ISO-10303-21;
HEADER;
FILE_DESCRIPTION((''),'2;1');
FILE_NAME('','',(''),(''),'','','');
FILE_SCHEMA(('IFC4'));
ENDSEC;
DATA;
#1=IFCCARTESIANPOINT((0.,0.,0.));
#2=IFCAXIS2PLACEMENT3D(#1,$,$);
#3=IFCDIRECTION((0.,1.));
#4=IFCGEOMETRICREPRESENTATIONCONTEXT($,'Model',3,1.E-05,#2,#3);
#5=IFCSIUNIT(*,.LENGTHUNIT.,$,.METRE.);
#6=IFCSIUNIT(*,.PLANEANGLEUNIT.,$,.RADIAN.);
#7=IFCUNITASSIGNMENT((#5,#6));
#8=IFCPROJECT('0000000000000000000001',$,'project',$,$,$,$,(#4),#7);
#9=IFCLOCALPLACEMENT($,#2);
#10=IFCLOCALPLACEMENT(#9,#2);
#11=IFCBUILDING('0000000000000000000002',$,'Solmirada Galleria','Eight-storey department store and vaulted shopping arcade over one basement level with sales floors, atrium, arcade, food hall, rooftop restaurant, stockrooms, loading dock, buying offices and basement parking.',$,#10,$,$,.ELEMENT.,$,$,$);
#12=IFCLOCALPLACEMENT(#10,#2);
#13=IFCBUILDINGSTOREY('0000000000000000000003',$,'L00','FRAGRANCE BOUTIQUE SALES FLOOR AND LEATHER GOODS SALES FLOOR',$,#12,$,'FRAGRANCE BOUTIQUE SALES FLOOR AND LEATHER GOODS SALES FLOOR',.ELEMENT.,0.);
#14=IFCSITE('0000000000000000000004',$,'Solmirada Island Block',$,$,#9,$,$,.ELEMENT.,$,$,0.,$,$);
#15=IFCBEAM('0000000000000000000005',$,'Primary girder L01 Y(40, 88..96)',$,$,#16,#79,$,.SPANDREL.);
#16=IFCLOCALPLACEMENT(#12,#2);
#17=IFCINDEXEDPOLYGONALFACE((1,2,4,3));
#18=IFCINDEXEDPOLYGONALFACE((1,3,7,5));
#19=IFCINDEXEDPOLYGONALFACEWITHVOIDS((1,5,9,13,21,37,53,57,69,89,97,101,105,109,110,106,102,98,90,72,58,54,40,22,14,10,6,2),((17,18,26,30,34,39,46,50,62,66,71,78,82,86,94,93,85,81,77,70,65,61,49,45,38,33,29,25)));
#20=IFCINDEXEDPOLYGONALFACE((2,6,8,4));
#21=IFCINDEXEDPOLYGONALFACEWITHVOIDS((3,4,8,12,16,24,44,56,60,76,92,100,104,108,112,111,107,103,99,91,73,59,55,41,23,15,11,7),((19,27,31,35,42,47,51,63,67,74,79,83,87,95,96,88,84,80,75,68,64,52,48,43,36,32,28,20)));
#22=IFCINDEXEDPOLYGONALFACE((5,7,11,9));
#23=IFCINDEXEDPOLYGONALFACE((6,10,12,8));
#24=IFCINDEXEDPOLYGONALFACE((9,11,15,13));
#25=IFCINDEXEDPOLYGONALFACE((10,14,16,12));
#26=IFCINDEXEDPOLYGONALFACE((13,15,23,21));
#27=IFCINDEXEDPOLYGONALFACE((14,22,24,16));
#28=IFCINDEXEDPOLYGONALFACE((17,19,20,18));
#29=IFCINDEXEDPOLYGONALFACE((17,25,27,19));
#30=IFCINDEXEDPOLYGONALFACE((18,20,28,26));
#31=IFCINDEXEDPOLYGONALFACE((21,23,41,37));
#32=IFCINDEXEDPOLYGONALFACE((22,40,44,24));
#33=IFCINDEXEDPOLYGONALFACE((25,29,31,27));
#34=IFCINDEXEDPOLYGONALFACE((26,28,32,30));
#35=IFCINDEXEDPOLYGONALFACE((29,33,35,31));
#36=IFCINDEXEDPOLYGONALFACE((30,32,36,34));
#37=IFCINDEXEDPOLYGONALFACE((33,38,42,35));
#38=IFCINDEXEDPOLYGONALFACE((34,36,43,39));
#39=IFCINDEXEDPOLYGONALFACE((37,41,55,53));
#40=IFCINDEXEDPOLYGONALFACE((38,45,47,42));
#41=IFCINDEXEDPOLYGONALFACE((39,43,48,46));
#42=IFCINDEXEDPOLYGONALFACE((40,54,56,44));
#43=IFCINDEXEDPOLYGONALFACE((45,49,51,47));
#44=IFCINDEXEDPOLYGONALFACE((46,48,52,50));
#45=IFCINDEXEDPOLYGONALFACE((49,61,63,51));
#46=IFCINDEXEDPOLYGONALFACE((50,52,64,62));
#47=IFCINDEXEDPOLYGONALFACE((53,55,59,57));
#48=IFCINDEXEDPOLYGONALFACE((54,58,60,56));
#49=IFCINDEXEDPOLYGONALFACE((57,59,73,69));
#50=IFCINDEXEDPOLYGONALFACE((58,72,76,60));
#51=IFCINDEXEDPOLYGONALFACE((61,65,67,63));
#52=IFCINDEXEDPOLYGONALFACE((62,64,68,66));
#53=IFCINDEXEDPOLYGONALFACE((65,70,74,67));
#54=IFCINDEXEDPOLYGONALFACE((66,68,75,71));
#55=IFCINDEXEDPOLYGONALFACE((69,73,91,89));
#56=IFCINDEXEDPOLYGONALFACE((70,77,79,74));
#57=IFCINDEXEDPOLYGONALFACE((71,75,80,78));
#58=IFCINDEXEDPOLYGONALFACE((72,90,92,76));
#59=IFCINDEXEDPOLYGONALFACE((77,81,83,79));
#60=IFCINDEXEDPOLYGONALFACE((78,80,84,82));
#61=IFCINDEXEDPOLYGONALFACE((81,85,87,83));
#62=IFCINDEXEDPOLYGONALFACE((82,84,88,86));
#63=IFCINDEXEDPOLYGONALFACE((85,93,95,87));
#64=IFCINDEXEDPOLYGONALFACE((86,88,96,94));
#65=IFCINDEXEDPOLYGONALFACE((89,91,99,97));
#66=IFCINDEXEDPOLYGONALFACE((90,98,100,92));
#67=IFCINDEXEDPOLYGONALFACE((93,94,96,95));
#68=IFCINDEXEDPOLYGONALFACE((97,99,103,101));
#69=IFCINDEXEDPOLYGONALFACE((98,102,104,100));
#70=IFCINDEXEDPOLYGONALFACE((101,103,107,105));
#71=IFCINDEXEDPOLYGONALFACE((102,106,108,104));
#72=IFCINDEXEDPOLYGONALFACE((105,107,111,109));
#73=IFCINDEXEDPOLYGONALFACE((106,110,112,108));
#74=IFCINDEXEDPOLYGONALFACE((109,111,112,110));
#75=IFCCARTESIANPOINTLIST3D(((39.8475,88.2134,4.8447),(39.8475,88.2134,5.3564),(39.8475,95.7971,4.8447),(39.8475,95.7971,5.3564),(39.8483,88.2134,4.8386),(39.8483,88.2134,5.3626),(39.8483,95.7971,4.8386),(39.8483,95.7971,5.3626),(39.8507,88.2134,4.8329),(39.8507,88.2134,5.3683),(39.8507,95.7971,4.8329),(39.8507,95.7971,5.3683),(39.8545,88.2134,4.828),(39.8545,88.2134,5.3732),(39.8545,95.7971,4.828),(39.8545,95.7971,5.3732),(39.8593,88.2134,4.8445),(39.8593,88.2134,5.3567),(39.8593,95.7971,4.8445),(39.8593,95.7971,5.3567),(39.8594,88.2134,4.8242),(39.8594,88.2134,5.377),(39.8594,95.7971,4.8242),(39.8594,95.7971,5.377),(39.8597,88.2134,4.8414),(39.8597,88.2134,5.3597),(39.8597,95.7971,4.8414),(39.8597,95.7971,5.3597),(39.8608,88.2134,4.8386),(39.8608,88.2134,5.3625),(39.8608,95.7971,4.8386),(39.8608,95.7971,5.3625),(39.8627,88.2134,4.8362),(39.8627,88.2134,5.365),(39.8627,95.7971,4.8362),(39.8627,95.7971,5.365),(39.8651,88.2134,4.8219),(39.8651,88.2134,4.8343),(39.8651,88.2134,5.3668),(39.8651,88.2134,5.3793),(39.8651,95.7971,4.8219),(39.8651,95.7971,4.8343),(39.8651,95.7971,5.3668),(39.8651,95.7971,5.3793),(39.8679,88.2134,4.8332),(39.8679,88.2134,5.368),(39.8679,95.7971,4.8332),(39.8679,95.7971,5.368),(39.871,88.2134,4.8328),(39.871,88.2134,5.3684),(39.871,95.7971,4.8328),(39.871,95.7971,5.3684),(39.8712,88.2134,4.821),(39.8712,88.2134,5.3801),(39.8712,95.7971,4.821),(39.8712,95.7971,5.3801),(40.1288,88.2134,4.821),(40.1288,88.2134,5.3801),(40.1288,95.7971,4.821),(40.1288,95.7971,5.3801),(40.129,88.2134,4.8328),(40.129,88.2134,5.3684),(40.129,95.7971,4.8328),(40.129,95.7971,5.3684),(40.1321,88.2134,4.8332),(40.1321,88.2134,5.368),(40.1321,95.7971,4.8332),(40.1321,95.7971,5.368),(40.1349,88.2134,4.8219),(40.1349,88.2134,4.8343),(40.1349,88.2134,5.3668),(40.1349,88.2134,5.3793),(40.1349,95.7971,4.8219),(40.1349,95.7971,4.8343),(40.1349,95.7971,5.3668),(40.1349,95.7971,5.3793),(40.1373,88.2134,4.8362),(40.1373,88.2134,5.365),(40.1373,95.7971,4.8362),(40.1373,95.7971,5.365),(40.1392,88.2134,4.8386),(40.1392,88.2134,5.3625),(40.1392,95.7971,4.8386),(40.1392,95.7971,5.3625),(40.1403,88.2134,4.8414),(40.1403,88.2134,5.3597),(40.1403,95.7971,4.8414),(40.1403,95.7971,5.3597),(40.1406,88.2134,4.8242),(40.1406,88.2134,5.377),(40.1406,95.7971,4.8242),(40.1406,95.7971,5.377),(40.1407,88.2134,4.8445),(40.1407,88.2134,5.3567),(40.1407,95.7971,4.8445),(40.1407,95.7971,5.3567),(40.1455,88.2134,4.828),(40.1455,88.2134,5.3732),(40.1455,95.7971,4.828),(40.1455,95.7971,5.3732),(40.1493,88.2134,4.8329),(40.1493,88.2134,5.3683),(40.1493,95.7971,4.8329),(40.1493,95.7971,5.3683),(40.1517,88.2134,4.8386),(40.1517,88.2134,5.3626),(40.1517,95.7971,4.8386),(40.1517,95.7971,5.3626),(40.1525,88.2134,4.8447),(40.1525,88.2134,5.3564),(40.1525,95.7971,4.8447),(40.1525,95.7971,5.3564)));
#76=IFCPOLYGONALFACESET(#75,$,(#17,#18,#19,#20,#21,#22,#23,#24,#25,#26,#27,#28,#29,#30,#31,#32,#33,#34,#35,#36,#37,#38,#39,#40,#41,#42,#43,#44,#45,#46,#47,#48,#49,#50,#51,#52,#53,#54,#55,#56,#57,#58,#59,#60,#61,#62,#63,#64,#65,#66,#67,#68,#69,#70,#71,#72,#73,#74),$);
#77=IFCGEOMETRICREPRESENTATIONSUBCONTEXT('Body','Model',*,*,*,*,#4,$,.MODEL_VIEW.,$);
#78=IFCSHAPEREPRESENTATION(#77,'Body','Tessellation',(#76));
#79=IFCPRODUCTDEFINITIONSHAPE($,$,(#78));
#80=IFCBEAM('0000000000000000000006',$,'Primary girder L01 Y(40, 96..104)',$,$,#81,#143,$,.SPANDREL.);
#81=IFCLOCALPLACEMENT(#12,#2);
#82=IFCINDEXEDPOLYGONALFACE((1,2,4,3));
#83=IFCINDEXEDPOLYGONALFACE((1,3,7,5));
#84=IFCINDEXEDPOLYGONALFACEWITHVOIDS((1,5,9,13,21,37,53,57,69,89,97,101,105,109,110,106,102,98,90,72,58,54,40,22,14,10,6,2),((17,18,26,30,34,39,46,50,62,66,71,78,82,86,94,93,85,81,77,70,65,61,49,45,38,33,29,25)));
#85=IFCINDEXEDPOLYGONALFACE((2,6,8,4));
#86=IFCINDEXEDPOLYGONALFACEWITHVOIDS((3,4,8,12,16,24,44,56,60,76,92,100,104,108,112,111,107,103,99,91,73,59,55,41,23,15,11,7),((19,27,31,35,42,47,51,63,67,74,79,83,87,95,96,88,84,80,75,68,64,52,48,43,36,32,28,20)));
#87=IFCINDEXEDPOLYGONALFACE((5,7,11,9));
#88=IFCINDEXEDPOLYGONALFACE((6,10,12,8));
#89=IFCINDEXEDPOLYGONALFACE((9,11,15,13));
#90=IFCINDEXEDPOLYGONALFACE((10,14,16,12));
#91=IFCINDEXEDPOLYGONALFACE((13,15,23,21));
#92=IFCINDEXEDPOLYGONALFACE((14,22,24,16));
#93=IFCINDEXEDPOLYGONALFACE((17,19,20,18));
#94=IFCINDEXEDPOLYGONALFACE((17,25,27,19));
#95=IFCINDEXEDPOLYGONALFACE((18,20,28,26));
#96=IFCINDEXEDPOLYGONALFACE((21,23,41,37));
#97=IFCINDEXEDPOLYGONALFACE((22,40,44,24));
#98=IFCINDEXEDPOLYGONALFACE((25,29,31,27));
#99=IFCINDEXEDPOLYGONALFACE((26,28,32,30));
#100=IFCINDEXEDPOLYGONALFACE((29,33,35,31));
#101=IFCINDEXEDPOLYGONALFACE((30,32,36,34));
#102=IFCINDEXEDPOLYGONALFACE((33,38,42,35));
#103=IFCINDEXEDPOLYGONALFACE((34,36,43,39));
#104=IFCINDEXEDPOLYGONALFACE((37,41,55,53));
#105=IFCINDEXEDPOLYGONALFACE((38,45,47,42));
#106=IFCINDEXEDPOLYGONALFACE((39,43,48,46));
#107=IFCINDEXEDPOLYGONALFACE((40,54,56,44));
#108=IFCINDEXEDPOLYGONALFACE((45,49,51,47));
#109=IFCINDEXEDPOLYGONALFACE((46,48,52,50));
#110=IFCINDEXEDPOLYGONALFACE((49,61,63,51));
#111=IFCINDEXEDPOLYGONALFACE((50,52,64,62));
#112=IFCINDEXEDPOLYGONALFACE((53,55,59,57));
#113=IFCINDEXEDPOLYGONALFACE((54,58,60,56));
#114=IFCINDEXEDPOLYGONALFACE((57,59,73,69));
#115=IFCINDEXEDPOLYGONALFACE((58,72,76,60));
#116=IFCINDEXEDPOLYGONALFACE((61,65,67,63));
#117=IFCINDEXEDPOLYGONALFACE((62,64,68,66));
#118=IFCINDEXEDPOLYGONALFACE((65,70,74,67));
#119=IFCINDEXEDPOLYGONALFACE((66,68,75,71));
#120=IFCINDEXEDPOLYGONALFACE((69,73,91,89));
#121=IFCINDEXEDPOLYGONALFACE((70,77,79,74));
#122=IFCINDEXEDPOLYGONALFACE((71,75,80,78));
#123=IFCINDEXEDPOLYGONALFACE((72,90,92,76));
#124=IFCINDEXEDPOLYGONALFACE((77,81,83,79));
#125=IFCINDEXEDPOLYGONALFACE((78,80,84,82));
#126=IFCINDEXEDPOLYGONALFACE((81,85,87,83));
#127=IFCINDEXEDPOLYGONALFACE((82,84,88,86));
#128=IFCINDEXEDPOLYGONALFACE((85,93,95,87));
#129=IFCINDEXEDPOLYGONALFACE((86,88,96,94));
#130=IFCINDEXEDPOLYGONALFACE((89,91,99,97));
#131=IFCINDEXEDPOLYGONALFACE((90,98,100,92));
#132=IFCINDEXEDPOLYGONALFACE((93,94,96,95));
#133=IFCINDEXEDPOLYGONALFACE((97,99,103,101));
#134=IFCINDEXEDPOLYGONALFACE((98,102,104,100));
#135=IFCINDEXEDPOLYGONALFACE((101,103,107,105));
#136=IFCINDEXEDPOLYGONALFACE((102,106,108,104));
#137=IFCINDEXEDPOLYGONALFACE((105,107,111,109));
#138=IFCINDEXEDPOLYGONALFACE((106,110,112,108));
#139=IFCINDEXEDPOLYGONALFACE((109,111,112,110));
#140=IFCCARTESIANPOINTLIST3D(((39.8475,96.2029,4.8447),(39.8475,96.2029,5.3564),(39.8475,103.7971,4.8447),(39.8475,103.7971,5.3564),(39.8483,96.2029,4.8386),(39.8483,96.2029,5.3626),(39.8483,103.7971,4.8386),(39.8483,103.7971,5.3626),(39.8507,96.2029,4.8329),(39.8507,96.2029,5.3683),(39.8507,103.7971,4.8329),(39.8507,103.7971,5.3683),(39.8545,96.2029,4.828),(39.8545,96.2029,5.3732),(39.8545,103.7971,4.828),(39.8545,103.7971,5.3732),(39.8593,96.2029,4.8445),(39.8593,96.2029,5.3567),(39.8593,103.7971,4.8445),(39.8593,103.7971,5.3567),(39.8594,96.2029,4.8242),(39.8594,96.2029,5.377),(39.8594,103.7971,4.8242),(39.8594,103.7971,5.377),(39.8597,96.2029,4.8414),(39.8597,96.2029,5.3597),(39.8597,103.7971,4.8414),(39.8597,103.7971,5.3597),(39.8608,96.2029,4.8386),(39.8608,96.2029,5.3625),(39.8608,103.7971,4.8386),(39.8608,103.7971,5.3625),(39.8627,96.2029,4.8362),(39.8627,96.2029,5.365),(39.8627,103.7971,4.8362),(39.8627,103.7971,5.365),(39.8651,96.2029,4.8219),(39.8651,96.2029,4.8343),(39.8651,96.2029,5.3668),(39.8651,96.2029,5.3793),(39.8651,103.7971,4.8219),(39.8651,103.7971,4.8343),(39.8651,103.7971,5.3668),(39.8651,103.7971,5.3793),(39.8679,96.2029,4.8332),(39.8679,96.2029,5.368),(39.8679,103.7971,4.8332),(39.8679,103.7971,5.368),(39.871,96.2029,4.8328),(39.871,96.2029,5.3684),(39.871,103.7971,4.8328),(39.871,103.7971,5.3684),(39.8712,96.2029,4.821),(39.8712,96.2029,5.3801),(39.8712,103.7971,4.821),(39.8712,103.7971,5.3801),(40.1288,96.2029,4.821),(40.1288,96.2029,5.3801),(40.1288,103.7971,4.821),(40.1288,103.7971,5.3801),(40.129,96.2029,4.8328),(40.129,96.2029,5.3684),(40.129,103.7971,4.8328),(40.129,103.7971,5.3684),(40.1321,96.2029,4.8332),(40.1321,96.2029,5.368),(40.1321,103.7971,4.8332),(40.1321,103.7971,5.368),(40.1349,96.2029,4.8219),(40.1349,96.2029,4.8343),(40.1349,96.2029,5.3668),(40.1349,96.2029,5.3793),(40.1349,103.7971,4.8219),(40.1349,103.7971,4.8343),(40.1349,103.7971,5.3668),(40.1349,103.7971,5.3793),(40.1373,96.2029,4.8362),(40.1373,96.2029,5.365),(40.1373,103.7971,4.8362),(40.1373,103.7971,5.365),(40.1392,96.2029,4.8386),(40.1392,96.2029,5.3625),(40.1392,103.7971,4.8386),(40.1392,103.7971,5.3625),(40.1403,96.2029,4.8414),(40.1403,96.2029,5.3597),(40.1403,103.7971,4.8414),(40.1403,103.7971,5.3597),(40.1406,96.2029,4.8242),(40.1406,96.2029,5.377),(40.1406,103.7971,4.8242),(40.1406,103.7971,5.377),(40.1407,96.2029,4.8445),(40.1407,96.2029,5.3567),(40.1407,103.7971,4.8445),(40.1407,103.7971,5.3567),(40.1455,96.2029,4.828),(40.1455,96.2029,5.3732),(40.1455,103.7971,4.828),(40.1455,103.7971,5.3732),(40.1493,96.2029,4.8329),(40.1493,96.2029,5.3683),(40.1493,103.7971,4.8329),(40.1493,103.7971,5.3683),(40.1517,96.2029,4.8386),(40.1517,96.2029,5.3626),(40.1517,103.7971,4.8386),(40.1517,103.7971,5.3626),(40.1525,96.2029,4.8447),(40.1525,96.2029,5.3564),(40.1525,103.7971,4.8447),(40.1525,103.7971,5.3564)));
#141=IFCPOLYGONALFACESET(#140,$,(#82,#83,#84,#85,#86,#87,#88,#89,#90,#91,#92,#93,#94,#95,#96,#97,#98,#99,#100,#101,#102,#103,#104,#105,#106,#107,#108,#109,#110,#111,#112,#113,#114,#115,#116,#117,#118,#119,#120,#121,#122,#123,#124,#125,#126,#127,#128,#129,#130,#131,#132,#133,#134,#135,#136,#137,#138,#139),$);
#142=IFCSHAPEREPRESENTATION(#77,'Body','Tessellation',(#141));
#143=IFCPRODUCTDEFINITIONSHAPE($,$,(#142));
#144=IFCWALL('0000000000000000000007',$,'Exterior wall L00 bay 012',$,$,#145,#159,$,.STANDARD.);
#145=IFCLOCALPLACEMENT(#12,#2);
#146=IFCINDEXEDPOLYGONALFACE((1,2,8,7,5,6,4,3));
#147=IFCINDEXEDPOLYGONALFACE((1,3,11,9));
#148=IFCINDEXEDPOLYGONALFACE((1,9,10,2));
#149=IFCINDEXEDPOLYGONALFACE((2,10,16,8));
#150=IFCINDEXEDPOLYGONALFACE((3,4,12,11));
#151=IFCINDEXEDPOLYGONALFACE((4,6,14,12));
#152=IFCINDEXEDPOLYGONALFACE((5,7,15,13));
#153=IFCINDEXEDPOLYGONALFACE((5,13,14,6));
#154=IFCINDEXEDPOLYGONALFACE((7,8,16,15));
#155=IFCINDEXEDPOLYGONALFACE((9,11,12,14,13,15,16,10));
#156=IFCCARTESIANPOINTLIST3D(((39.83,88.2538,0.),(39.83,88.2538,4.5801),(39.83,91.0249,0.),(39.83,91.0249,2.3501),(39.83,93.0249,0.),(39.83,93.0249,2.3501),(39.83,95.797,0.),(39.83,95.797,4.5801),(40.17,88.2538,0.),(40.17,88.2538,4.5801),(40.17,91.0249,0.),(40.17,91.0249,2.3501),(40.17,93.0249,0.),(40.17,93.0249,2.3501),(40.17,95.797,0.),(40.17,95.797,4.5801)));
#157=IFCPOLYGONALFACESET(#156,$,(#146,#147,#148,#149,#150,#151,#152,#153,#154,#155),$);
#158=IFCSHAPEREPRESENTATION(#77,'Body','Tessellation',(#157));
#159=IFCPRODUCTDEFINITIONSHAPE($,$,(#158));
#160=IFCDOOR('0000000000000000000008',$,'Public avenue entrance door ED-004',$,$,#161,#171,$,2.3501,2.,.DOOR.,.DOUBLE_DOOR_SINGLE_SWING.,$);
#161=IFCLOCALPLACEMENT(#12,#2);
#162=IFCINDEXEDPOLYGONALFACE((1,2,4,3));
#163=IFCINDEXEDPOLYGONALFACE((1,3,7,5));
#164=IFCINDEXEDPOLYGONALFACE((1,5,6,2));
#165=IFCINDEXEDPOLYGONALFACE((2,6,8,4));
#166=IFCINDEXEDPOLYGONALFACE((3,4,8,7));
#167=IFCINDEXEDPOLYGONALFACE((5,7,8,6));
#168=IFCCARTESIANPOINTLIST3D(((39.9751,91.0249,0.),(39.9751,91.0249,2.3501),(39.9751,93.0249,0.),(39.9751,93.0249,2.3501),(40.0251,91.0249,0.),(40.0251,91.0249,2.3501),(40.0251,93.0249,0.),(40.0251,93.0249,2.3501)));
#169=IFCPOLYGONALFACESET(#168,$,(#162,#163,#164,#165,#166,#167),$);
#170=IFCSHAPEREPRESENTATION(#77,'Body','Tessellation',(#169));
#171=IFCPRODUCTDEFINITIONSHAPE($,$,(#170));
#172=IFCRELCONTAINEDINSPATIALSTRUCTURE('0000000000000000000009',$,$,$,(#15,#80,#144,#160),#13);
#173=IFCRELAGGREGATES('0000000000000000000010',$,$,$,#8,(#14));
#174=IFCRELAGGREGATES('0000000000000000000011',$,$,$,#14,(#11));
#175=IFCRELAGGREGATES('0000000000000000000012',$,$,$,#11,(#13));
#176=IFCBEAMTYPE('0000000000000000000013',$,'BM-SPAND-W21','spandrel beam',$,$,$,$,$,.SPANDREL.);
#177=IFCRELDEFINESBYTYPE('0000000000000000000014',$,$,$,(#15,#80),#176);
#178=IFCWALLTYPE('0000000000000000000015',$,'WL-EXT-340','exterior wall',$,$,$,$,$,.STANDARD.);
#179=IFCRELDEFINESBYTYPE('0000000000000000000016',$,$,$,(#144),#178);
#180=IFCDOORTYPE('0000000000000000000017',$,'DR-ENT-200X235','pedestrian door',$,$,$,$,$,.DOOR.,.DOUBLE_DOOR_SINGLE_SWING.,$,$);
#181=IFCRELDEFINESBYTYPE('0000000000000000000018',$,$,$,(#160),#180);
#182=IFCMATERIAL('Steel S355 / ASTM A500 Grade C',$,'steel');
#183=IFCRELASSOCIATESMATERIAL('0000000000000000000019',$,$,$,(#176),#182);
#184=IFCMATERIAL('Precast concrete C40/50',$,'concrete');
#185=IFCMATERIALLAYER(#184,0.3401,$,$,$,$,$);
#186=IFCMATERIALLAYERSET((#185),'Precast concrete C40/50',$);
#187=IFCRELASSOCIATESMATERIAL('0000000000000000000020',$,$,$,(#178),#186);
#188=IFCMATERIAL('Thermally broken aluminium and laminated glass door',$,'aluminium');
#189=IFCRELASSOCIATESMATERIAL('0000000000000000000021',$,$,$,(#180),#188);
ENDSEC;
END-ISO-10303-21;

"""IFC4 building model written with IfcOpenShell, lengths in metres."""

from ifc_helpers import new_model, si_unit, direction, frame, frame_2d, origin, origin_2d, place, context, subcontext, project, spatial, rectangle, hollow_rectangle, extrude, material, layer, layer_set, material_profile, profile_set, type_object, element, fill, save


model = new_model("IFC4")

# Units and contexts
model_context = context("Model", 3, precision=1e-05, world=origin(), true_north=direction((0.0, 1.0)))
body_context = subcontext(model_context, "Body", "Model", "MODEL_VIEW")
ifc_project = project(units=[si_unit("LENGTHUNIT", "METRE"), si_unit("PLANEANGLEUNIT", "RADIAN")], contexts=[model_context])

# Site, building, storey
site_placement = place(None, origin())
site = spatial("IfcSite", under=ifc_project, at=site_placement, Name="Solmirada Island Block", CompositionType="ELEMENT", RefElevation=0.0)
building_placement = place(site_placement, origin())
building = spatial("IfcBuilding", under=site, at=building_placement, Name="Solmirada Galleria", Description="Eight-storey department store and vaulted shopping arcade over one basement level with sales floors, atrium, arcade, food hall, rooftop restaurant, stockrooms, loading dock, buying offices and basement parking.", CompositionType="ELEMENT")
storey_placement = place(building_placement, origin())
storey = spatial("IfcBuildingStorey", under=building, at=storey_placement, Name="L00", Description="FRAGRANCE BOUTIQUE SALES FLOOR AND LEATHER GOODS SALES FLOOR", LongName="FRAGRANCE BOUTIQUE SALES FLOOR AND LEATHER GOODS SALES FLOOR", CompositionType="ELEMENT", Elevation=0.0)

# Shared definitions
ifc_material_1 = material(Name="Steel S355 / ASTM A500 Grade C", Category="steel")

# Beams
ifc_material_profile_1 = material_profile(ifc_material_1, hollow_rectangle(XDim=0.3049, YDim=0.5591, WallThickness=0.0117, InnerFilletRadius=0.0117, OuterFilletRadius=0.0237, at=origin_2d()), Name="HSS22X12X1/2")
ifc_profile_set_1 = profile_set([ifc_material_profile_1], Name="Steel S355 / ASTM A500 Grade C")
beam_type_1 = type_object("IfcBeamType", Name="BM-SPAND-W21", Description="spandrel beam", PredefinedType="SPANDREL", material=ifc_profile_set_1)
beam_1_placement = place(storey_placement, frame((40.0, 88.2134, 5.1006), z_axis=(0.0, 1.0, 0.0), x_axis=(-1.0, 0.0, 0.0)))
element("IfcBeam", 1, at=beam_1_placement, inside=storey, type_object=beam_type_1, Name="Primary girder L01 Y(40, 88..96)", PredefinedType="SPANDREL", context=body_context, shape_type="SweptSolid", body=[
    extrude(hollow_rectangle(XDim=0.3049, YDim=0.5591, WallThickness=0.0117, InnerFilletRadius=0.0117, OuterFilletRadius=0.0237, at=origin_2d()), origin(), (0.0, 0.0, 1.0), 7.5837),
])
beam_2_placement = place(storey_placement, frame((40.0, 96.2029, 5.1006), z_axis=(0.0, 1.0, 0.0), x_axis=(-1.0, 0.0, 0.0)))
element("IfcBeam", 2, at=beam_2_placement, inside=storey, type_object=beam_type_1, Name="Primary girder L01 Y(40, 96..104)", PredefinedType="SPANDREL", context=body_context, shape_type="SweptSolid", body=[
    extrude(hollow_rectangle(XDim=0.3049, YDim=0.5591, WallThickness=0.0117, InnerFilletRadius=0.0117, OuterFilletRadius=0.0237, at=origin_2d()), origin(), (0.0, 0.0, 1.0), 7.5942),
])

# Wall, opening, door
ifc_material_2 = material(Name="Precast concrete C40/50", Category="concrete")
ifc_layer_1 = layer(ifc_material_2, 0.3401)
ifc_layer_set_1 = layer_set([ifc_layer_1], Name="Precast concrete C40/50")
wall_type_1 = type_object("IfcWallType", Name="WL-EXT-340", Description="exterior wall", PredefinedType="STANDARD", material=ifc_layer_set_1)
wall_1_placement = place(storey_placement, frame((40.0, 88.2539, 0.0), z_axis=(0.0, 0.0, 1.0), x_axis=(0.0, 1.0, 0.0)))
wall_1 = element("IfcWall", 3, at=wall_1_placement, inside=storey, type_object=wall_type_1, Name="Exterior wall L00 bay 012", PredefinedType="STANDARD", context=body_context, shape_type="SweptSolid", body=[
    extrude(rectangle(XDim=7.5432, YDim=0.3401, at=frame_2d((3.7715, 0.0))), origin(), (0.0, 0.0, 1.0), 4.5801),
])
opening_1_placement = place(wall_1_placement, frame((2.771, 0.0, 0.0)))
opening_1 = element("IfcOpeningElement", 4, at=opening_1_placement, cuts=wall_1, PredefinedType="OPENING", context=body_context, shape_type="SweptSolid", body=[
    extrude(rectangle(XDim=2.0, YDim=2.3501, at=frame_2d((1.0, 1.175))), frame((0.0, 0.1799, 0.0), z_axis=(0.0, -1.0, 0.0), x_axis=(1.0, 0.0, 0.0)), (0.0, 0.0, 1.0), 0.3601),
])
ifc_material_3 = material(Name="Thermally broken aluminium and laminated glass door", Category="aluminium")
door_type_1 = type_object("IfcDoorType", Name="DR-ENT-200X235", Description="pedestrian door", OperationType="DOUBLE_DOOR_SINGLE_SWING", PredefinedType="DOOR", material=ifc_material_3)
door_1_placement = place(opening_1_placement, origin())
door_1 = element("IfcDoor", 5, at=door_1_placement, inside=storey, type_object=door_type_1, Name="Public avenue entrance door ED-004", OperationType="DOUBLE_DOOR_SINGLE_SWING", OverallHeight=2.3501, OverallWidth=2.0, PredefinedType="DOOR", context=body_context, shape_type="SweptSolid", body=[
    extrude(rectangle(XDim=2.0, YDim=2.3501, at=frame_2d((1.0, 1.175))), frame((0.0, 0.0249, 0.0), z_axis=(0.0, -1.0, 0.0), x_axis=(1.0, 0.0, 0.0)), (0.0, 0.0, 1.0), 0.05),
])
fill(opening_1, door_1)

save(model, "model.ifc")
